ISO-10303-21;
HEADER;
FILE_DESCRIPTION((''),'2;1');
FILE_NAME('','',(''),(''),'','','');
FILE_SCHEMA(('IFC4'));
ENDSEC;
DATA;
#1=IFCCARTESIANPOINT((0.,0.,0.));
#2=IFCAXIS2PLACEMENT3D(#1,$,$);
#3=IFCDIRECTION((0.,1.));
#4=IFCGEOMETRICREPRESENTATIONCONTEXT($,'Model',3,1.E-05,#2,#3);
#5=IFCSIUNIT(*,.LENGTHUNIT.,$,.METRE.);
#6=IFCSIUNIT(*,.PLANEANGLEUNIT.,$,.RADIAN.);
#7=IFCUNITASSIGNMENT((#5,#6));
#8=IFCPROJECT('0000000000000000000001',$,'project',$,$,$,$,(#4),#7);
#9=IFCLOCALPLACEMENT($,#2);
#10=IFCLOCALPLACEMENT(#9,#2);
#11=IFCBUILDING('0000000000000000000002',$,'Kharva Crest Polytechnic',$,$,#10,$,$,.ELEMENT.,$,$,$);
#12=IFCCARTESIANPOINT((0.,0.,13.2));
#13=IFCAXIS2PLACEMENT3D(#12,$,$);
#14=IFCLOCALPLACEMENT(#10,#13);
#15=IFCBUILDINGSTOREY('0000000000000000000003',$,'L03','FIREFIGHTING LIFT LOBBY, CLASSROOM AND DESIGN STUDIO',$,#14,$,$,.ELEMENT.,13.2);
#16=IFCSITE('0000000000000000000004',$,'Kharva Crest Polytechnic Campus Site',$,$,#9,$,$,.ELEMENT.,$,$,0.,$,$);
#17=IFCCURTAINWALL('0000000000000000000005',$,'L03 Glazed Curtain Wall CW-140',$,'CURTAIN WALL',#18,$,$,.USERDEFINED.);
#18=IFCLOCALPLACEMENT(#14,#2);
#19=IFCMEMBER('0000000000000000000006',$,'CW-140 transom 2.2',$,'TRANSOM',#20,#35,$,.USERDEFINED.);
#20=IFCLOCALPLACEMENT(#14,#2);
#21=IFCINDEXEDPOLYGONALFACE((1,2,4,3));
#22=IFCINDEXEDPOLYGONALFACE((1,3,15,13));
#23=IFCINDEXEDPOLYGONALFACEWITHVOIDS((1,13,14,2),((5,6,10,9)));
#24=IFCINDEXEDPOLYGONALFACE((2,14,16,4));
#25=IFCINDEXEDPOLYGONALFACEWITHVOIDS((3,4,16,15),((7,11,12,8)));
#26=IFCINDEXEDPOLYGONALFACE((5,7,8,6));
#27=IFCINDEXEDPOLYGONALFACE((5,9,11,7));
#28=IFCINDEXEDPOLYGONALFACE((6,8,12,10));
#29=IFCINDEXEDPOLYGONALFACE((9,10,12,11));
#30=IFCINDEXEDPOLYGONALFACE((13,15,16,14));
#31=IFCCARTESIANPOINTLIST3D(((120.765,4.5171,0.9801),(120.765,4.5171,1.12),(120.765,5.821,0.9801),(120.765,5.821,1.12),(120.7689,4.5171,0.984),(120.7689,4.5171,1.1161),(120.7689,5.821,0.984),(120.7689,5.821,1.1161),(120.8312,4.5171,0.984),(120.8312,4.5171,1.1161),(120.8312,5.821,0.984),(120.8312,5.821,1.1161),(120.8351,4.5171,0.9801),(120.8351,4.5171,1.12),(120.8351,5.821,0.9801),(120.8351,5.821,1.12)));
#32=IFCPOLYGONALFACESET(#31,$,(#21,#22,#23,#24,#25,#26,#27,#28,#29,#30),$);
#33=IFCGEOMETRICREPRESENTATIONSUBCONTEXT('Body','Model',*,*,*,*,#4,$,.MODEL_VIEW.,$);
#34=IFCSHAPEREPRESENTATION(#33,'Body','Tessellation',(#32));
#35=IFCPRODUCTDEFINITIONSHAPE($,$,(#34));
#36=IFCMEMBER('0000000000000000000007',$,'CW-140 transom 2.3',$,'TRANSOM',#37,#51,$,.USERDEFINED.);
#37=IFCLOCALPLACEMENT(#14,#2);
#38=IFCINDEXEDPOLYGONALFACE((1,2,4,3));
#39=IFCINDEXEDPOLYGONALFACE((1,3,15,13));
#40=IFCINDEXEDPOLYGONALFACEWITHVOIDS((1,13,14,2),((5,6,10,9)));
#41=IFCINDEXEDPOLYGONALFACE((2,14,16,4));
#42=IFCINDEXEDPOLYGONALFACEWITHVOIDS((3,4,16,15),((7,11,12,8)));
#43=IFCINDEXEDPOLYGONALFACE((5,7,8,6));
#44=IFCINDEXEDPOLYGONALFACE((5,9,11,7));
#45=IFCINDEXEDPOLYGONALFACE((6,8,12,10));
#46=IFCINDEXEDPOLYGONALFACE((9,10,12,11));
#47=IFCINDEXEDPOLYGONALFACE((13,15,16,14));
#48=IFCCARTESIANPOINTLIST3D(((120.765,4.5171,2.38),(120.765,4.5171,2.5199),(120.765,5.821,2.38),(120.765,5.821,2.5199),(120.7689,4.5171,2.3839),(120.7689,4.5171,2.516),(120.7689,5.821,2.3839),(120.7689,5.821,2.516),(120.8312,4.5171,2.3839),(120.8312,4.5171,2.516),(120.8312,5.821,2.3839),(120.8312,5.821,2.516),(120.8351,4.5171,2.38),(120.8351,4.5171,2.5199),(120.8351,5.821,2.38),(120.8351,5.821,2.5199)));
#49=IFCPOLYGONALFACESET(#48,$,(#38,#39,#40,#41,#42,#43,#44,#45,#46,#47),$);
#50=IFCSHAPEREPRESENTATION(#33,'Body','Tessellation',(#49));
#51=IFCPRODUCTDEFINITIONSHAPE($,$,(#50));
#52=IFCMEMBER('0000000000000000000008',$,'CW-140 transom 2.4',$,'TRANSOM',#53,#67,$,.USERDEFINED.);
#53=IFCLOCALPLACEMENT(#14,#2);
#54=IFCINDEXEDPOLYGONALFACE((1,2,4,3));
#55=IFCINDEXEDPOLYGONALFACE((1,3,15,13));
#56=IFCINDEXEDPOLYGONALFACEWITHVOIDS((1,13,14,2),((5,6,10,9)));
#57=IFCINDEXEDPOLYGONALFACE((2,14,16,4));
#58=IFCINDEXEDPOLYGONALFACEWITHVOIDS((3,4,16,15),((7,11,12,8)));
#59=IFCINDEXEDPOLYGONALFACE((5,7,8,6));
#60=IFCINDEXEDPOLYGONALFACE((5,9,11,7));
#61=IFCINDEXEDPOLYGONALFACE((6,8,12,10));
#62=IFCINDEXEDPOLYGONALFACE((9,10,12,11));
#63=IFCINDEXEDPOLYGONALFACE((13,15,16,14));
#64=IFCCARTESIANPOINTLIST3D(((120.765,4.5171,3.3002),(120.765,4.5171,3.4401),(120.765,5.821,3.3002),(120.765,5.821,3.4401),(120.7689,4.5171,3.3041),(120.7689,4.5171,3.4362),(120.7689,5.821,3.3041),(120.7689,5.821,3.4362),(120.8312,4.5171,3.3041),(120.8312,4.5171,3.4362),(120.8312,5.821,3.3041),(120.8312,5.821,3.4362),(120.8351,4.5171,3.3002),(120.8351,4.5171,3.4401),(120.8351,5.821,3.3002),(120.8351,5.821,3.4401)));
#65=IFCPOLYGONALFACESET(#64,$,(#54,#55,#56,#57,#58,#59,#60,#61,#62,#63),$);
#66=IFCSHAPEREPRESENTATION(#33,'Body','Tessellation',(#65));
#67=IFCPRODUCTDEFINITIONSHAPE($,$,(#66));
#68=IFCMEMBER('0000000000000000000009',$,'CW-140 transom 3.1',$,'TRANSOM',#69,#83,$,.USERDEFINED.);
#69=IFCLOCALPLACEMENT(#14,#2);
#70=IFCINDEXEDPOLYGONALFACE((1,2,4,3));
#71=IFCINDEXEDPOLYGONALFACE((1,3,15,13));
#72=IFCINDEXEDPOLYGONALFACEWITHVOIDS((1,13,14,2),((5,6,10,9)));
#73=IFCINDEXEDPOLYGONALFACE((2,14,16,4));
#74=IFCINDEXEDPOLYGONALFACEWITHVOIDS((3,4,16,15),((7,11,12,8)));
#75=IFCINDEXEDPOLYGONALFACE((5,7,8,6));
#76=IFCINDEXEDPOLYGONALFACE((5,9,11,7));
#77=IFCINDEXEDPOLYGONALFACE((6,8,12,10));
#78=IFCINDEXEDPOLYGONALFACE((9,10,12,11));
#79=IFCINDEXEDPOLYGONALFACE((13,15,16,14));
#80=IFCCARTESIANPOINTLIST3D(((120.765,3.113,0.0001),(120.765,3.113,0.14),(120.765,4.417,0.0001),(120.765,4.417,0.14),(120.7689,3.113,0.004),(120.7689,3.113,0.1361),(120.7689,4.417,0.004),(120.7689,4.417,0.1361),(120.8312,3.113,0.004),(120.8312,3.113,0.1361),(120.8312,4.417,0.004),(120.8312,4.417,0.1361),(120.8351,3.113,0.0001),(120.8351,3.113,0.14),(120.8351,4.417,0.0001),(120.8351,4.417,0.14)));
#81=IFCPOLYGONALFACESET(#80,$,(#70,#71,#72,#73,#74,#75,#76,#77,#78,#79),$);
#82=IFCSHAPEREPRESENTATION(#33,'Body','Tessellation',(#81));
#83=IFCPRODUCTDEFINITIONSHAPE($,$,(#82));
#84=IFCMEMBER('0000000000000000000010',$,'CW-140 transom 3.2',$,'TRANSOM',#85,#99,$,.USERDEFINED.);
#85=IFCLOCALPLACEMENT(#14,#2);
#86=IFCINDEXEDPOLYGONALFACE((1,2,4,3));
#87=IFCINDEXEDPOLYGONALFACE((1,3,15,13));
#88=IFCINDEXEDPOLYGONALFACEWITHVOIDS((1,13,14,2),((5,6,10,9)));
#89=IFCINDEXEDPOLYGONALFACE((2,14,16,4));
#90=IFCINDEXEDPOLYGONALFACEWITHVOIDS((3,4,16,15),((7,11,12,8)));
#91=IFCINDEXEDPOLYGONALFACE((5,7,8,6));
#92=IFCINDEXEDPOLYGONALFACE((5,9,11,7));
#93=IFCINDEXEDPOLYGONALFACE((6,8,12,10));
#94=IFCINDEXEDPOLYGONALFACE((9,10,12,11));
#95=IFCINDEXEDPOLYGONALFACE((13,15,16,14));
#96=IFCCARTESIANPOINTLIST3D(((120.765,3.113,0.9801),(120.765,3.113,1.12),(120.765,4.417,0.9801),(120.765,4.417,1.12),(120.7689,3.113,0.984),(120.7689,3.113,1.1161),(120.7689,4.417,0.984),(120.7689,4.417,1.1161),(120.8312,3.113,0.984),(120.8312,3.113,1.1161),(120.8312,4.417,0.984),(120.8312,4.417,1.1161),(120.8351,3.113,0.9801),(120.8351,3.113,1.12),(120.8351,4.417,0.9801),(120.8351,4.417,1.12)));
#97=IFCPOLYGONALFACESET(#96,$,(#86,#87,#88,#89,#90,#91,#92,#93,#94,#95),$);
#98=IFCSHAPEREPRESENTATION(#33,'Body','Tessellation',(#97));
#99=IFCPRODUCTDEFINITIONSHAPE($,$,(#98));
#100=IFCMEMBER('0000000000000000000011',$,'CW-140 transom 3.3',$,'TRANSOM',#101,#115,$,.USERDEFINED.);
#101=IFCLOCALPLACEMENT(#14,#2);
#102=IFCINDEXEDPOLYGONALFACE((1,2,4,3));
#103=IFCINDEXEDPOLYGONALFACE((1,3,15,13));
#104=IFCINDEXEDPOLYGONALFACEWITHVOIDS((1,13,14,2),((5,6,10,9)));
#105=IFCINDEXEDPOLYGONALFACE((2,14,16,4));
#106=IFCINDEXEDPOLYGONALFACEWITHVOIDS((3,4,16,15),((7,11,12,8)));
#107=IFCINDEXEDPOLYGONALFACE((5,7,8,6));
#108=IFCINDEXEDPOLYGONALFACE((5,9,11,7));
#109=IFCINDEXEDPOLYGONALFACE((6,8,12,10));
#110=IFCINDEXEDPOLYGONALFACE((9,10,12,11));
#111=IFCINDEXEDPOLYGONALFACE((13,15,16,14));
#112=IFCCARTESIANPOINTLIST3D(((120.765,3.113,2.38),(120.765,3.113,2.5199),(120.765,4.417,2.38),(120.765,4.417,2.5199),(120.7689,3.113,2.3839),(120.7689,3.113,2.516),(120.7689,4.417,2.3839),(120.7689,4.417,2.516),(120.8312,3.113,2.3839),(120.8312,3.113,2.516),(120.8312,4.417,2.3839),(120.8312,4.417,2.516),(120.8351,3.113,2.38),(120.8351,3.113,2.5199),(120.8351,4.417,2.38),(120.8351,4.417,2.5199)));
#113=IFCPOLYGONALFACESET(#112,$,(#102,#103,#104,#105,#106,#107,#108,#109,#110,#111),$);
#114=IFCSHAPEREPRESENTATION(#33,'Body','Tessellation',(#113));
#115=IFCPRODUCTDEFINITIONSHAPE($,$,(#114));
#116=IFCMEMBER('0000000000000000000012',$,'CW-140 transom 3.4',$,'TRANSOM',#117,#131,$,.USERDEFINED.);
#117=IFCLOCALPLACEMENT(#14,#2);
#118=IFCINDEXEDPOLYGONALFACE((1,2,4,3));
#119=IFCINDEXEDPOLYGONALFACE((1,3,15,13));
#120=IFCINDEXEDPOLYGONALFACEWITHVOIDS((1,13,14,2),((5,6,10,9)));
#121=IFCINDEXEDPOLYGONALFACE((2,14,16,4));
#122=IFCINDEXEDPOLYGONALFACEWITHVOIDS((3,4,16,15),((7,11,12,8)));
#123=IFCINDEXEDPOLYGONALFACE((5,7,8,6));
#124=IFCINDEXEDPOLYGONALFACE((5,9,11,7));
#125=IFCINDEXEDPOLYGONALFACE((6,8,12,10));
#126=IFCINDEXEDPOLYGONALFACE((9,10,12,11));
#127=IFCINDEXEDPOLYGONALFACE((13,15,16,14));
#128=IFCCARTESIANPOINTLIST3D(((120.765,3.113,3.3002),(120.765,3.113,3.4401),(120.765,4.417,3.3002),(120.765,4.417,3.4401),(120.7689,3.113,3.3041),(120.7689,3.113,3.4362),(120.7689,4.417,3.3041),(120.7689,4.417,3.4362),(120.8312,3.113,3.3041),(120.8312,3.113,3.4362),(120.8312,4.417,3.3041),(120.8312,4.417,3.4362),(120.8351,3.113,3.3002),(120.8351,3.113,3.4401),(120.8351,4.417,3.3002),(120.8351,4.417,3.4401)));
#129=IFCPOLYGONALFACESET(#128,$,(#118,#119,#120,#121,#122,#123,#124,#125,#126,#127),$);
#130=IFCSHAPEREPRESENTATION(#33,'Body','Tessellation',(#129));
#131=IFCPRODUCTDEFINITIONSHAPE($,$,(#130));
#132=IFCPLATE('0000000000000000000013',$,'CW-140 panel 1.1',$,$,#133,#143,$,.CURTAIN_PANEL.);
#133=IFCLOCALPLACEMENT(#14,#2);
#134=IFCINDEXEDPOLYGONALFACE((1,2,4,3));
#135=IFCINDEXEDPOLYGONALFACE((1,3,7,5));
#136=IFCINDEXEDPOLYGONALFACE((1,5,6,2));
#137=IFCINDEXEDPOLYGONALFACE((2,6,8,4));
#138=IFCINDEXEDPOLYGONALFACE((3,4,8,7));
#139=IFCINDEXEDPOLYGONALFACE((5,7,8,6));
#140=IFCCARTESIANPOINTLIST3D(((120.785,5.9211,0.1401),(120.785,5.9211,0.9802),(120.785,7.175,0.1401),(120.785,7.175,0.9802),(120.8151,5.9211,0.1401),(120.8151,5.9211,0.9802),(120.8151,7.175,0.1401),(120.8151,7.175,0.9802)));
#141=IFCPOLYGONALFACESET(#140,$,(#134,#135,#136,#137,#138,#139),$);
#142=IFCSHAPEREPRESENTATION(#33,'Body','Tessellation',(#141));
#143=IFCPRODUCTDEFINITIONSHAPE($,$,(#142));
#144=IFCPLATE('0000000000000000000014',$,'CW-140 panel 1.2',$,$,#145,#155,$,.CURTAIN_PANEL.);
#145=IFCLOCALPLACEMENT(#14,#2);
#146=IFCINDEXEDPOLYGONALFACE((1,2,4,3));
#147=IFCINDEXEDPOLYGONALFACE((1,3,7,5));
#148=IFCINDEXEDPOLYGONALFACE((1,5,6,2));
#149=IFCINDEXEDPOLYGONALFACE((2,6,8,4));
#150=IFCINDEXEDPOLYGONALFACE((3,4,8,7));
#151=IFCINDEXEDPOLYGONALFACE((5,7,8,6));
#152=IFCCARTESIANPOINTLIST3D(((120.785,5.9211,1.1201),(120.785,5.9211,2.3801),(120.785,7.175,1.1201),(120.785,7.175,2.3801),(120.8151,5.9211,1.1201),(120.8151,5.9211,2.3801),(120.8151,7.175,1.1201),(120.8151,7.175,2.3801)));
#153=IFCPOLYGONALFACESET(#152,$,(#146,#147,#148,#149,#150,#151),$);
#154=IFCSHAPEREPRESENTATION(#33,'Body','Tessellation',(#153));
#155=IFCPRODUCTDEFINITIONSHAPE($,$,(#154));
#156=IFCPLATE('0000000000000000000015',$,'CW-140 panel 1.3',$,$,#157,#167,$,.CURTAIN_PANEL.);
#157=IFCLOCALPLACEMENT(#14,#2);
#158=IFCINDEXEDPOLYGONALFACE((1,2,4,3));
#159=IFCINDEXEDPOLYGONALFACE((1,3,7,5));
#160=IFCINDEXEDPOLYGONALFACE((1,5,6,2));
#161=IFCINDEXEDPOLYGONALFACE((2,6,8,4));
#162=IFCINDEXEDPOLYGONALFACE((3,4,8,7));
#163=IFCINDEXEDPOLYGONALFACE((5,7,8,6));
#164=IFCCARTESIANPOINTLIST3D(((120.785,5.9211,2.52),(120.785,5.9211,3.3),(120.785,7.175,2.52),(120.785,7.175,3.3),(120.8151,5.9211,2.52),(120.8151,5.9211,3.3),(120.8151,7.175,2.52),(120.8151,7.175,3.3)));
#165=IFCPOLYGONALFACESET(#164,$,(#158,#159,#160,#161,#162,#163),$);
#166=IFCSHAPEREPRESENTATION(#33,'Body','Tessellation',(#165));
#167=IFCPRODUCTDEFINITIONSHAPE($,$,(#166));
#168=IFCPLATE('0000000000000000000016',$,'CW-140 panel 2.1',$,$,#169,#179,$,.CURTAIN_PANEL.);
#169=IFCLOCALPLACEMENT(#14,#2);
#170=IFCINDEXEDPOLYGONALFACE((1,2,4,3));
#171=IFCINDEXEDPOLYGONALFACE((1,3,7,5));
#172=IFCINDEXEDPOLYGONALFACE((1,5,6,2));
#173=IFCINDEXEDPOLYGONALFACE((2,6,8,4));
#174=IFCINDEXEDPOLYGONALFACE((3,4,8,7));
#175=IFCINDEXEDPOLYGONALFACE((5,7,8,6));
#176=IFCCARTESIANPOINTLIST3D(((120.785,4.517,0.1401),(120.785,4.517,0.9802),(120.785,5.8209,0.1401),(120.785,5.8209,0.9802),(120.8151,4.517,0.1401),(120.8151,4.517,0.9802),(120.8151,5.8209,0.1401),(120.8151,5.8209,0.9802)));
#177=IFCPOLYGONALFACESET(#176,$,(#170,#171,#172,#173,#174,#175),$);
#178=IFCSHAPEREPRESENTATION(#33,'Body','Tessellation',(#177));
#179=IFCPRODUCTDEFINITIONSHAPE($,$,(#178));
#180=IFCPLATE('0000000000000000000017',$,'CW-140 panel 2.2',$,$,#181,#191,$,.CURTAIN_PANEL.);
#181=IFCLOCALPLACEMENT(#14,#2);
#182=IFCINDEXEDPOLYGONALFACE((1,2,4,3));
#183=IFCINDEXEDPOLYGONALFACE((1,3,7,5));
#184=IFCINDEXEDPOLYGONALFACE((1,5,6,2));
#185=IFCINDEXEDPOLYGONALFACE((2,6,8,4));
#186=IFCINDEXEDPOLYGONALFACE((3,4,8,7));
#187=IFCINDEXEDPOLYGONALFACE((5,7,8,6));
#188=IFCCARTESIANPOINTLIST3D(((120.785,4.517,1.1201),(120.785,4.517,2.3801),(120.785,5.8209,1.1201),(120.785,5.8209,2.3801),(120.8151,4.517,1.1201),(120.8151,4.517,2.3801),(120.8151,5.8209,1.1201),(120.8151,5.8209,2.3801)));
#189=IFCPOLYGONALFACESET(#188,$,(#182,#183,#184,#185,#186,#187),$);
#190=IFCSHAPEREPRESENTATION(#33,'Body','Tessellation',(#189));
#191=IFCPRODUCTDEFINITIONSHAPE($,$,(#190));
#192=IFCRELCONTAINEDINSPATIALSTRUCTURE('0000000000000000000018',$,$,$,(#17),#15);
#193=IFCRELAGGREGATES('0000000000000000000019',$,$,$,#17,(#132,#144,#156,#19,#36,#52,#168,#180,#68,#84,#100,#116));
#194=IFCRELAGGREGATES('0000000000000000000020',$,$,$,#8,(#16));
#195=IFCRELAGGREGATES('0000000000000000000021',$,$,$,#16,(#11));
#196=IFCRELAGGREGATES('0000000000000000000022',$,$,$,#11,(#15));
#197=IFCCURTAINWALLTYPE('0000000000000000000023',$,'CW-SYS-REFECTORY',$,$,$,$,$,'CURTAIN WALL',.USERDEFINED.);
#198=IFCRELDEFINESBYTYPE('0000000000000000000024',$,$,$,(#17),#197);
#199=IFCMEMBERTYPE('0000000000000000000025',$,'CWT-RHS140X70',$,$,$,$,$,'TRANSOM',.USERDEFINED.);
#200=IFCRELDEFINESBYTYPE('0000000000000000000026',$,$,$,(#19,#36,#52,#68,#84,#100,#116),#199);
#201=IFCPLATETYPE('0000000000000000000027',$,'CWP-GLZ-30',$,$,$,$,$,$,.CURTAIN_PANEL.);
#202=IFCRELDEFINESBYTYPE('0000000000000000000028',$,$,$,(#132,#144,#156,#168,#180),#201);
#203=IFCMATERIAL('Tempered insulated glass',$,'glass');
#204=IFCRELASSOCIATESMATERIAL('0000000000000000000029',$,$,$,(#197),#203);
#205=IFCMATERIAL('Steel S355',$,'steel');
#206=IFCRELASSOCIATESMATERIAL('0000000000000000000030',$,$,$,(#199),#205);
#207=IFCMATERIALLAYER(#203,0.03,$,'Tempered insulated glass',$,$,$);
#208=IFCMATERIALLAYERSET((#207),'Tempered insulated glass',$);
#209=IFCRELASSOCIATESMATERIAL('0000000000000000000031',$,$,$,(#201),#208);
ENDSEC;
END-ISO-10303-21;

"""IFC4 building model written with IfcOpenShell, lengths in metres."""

from ifc_helpers import new_model, si_unit, direction, frame, origin, origin_2d, place, context, subcontext, project, spatial, rectangle, hollow_rectangle, extrude, material, layer, layer_set, material_profile, profile_set, type_object, element, aggregate, save


model = new_model("IFC4")

# Units and contexts
model_context = context("Model", 3, precision=1e-05, world=origin(), true_north=direction((0.0, 1.0)))
body_context = subcontext(model_context, "Body", "Model", "MODEL_VIEW")
ifc_project = project(units=[si_unit("LENGTHUNIT", "METRE"), si_unit("PLANEANGLEUNIT", "RADIAN")], contexts=[model_context])

# Site, building, storey
site_placement = place(None, origin())
site = spatial("IfcSite", under=ifc_project, at=site_placement, Name="Kharva Crest Polytechnic Campus Site", CompositionType="ELEMENT", RefElevation=0.0)
building_placement = place(site_placement, origin())
building = spatial("IfcBuilding", under=site, at=building_placement, Name="Kharva Crest Polytechnic", CompositionType="ELEMENT")
storey_placement = place(building_placement, frame((0.0, 0.0, 13.2)))
storey = spatial("IfcBuildingStorey", under=building, at=storey_placement, Name="L03", Description="FIREFIGHTING LIFT LOBBY, CLASSROOM AND DESIGN STUDIO", CompositionType="ELEMENT", Elevation=13.2)

# Curtain wall, members, plates
ifc_material_1 = material(Name="Tempered insulated glass", Category="glass")
curtain_wall_type = type_object("IfcCurtainWallType", Name="CW-SYS-REFECTORY", ElementType="CURTAIN WALL", PredefinedType="USERDEFINED", material=ifc_material_1)
curtain_wall_placement = place(storey_placement, origin())
curtain_wall = element("IfcCurtainWall", 1, at=curtain_wall_placement, inside=storey, type_object=curtain_wall_type, Name="L03 Glazed Curtain Wall CW-140", ObjectType="CURTAIN WALL", PredefinedType="USERDEFINED")
ifc_material_2 = material(Name="Steel S355", Category="steel")
ifc_material_profile_1 = material_profile(ifc_material_2, hollow_rectangle(XDim=0.0701, YDim=0.1399, WallThickness=0.0039, at=origin_2d()), Name="RHS 140X70X4.0")
ifc_profile_set_1 = profile_set([ifc_material_profile_1], Name="Steel S355")
member_type_1 = type_object("IfcMemberType", Name="CWT-RHS140X70", ElementType="TRANSOM", PredefinedType="USERDEFINED", material=ifc_profile_set_1)
member_1_placement = place(storey_placement, frame((120.8, 5.821, 1.05), z_axis=(0.0, -1.0, 0.0), x_axis=(1.0, 0.0, 0.0)))
member_1 = element("IfcMember", 2, at=member_1_placement, type_object=member_type_1, Name="CW-140 transom 2.2", ObjectType="TRANSOM", PredefinedType="USERDEFINED", context=body_context, shape_type="SweptSolid", body=[
    extrude(hollow_rectangle(XDim=0.0701, YDim=0.1399, WallThickness=0.0039, at=origin_2d()), origin(), (0.0, 0.0, 1.0), 1.304),
])
member_2_placement = place(storey_placement, frame((120.8, 5.821, 2.45), z_axis=(0.0, -1.0, 0.0), x_axis=(1.0, 0.0, 0.0)))
member_2 = element("IfcMember", 3, at=member_2_placement, type_object=member_type_1, Name="CW-140 transom 2.3", ObjectType="TRANSOM", PredefinedType="USERDEFINED", context=body_context, shape_type="SweptSolid", body=[
    extrude(hollow_rectangle(XDim=0.0701, YDim=0.1399, WallThickness=0.0039, at=origin_2d()), origin(), (0.0, 0.0, 1.0), 1.304),
])
member_3_placement = place(storey_placement, frame((120.8, 5.821, 3.3701), z_axis=(0.0, -1.0, 0.0), x_axis=(1.0, 0.0, 0.0)))
member_3 = element("IfcMember", 4, at=member_3_placement, type_object=member_type_1, Name="CW-140 transom 2.4", ObjectType="TRANSOM", PredefinedType="USERDEFINED", context=body_context, shape_type="SweptSolid", body=[
    extrude(hollow_rectangle(XDim=0.0701, YDim=0.1399, WallThickness=0.0039, at=origin_2d()), origin(), (0.0, 0.0, 1.0), 1.304),
])
member_4_placement = place(storey_placement, frame((120.8, 4.417, 0.0701), z_axis=(0.0, -1.0, 0.0), x_axis=(1.0, 0.0, 0.0)))
member_4 = element("IfcMember", 5, at=member_4_placement, type_object=member_type_1, Name="CW-140 transom 3.1", ObjectType="TRANSOM", PredefinedType="USERDEFINED", context=body_context, shape_type="SweptSolid", body=[
    extrude(hollow_rectangle(XDim=0.0701, YDim=0.1399, WallThickness=0.0039, at=origin_2d()), origin(), (0.0, 0.0, 1.0), 1.304),
])
member_5_placement = place(storey_placement, frame((120.8, 4.417, 1.05), z_axis=(0.0, -1.0, 0.0), x_axis=(1.0, 0.0, 0.0)))
member_5 = element("IfcMember", 6, at=member_5_placement, type_object=member_type_1, Name="CW-140 transom 3.2", ObjectType="TRANSOM", PredefinedType="USERDEFINED", context=body_context, shape_type="SweptSolid", body=[
    extrude(hollow_rectangle(XDim=0.0701, YDim=0.1399, WallThickness=0.0039, at=origin_2d()), origin(), (0.0, 0.0, 1.0), 1.304),
])
member_6_placement = place(storey_placement, frame((120.8, 4.417, 2.45), z_axis=(0.0, -1.0, 0.0), x_axis=(1.0, 0.0, 0.0)))
member_6 = element("IfcMember", 7, at=member_6_placement, type_object=member_type_1, Name="CW-140 transom 3.3", ObjectType="TRANSOM", PredefinedType="USERDEFINED", context=body_context, shape_type="SweptSolid", body=[
    extrude(hollow_rectangle(XDim=0.0701, YDim=0.1399, WallThickness=0.0039, at=origin_2d()), origin(), (0.0, 0.0, 1.0), 1.304),
])
member_7_placement = place(storey_placement, frame((120.8, 4.417, 3.3701), z_axis=(0.0, -1.0, 0.0), x_axis=(1.0, 0.0, 0.0)))
member_7 = element("IfcMember", 8, at=member_7_placement, type_object=member_type_1, Name="CW-140 transom 3.4", ObjectType="TRANSOM", PredefinedType="USERDEFINED", context=body_context, shape_type="SweptSolid", body=[
    extrude(hollow_rectangle(XDim=0.0701, YDim=0.1399, WallThickness=0.0039, at=origin_2d()), origin(), (0.0, 0.0, 1.0), 1.304),
])
ifc_layer = layer(ifc_material_1, 0.03, Name="Tempered insulated glass")
ifc_layer_set = layer_set([ifc_layer], Name="Tempered insulated glass")
plate_type = type_object("IfcPlateType", Name="CWP-GLZ-30", PredefinedType="CURTAIN_PANEL", material=ifc_layer_set)
plate_1_placement = place(storey_placement, frame((120.8, 6.5481, 0.1401), z_axis=(0.0, 0.0, 1.0), x_axis=(0.0, -1.0, 0.0)))
plate_1 = element("IfcPlate", 9, at=plate_1_placement, type_object=plate_type, Name="CW-140 panel 1.1", PredefinedType="CURTAIN_PANEL", context=body_context, shape_type="SweptSolid", body=[
    extrude(rectangle(XDim=1.2539, YDim=0.03, at=origin_2d()), origin(), (0.0, 0.0, 1.0), 0.8401),
])
plate_2_placement = place(storey_placement, frame((120.8, 6.5481, 1.1201), z_axis=(0.0, 0.0, 1.0), x_axis=(0.0, -1.0, 0.0)))
plate_2 = element("IfcPlate", 10, at=plate_2_placement, type_object=plate_type, Name="CW-140 panel 1.2", PredefinedType="CURTAIN_PANEL", context=body_context, shape_type="SweptSolid", body=[
    extrude(rectangle(XDim=1.2539, YDim=0.03, at=origin_2d()), origin(), (0.0, 0.0, 1.0), 1.26),
])
plate_3_placement = place(storey_placement, frame((120.8, 6.5481, 2.52), z_axis=(0.0, 0.0, 1.0), x_axis=(0.0, -1.0, 0.0)))
plate_3 = element("IfcPlate", 11, at=plate_3_placement, type_object=plate_type, Name="CW-140 panel 1.3", PredefinedType="CURTAIN_PANEL", context=body_context, shape_type="SweptSolid", body=[
    extrude(rectangle(XDim=1.2539, YDim=0.03, at=origin_2d()), origin(), (0.0, 0.0, 1.0), 0.78),
])
plate_4_placement = place(storey_placement, frame((120.8, 5.1689, 0.1401), z_axis=(0.0, 0.0, 1.0), x_axis=(0.0, -1.0, 0.0)))
plate_4 = element("IfcPlate", 12, at=plate_4_placement, type_object=plate_type, Name="CW-140 panel 2.1", PredefinedType="CURTAIN_PANEL", context=body_context, shape_type="SweptSolid", body=[
    extrude(rectangle(XDim=1.304, YDim=0.03, at=origin_2d()), origin(), (0.0, 0.0, 1.0), 0.8401),
])
plate_5_placement = place(storey_placement, frame((120.8, 5.1689, 1.1201), z_axis=(0.0, 0.0, 1.0), x_axis=(0.0, -1.0, 0.0)))
plate_5 = element("IfcPlate", 13, at=plate_5_placement, type_object=plate_type, Name="CW-140 panel 2.2", PredefinedType="CURTAIN_PANEL", context=body_context, shape_type="SweptSolid", body=[
    extrude(rectangle(XDim=1.304, YDim=0.03, at=origin_2d()), origin(), (0.0, 0.0, 1.0), 1.26),
])
aggregate(curtain_wall, [plate_1, plate_2, plate_3, member_1, member_2, member_3, plate_4, plate_5, member_4, member_5, member_6, member_7])

save(model, "model.ifc")
